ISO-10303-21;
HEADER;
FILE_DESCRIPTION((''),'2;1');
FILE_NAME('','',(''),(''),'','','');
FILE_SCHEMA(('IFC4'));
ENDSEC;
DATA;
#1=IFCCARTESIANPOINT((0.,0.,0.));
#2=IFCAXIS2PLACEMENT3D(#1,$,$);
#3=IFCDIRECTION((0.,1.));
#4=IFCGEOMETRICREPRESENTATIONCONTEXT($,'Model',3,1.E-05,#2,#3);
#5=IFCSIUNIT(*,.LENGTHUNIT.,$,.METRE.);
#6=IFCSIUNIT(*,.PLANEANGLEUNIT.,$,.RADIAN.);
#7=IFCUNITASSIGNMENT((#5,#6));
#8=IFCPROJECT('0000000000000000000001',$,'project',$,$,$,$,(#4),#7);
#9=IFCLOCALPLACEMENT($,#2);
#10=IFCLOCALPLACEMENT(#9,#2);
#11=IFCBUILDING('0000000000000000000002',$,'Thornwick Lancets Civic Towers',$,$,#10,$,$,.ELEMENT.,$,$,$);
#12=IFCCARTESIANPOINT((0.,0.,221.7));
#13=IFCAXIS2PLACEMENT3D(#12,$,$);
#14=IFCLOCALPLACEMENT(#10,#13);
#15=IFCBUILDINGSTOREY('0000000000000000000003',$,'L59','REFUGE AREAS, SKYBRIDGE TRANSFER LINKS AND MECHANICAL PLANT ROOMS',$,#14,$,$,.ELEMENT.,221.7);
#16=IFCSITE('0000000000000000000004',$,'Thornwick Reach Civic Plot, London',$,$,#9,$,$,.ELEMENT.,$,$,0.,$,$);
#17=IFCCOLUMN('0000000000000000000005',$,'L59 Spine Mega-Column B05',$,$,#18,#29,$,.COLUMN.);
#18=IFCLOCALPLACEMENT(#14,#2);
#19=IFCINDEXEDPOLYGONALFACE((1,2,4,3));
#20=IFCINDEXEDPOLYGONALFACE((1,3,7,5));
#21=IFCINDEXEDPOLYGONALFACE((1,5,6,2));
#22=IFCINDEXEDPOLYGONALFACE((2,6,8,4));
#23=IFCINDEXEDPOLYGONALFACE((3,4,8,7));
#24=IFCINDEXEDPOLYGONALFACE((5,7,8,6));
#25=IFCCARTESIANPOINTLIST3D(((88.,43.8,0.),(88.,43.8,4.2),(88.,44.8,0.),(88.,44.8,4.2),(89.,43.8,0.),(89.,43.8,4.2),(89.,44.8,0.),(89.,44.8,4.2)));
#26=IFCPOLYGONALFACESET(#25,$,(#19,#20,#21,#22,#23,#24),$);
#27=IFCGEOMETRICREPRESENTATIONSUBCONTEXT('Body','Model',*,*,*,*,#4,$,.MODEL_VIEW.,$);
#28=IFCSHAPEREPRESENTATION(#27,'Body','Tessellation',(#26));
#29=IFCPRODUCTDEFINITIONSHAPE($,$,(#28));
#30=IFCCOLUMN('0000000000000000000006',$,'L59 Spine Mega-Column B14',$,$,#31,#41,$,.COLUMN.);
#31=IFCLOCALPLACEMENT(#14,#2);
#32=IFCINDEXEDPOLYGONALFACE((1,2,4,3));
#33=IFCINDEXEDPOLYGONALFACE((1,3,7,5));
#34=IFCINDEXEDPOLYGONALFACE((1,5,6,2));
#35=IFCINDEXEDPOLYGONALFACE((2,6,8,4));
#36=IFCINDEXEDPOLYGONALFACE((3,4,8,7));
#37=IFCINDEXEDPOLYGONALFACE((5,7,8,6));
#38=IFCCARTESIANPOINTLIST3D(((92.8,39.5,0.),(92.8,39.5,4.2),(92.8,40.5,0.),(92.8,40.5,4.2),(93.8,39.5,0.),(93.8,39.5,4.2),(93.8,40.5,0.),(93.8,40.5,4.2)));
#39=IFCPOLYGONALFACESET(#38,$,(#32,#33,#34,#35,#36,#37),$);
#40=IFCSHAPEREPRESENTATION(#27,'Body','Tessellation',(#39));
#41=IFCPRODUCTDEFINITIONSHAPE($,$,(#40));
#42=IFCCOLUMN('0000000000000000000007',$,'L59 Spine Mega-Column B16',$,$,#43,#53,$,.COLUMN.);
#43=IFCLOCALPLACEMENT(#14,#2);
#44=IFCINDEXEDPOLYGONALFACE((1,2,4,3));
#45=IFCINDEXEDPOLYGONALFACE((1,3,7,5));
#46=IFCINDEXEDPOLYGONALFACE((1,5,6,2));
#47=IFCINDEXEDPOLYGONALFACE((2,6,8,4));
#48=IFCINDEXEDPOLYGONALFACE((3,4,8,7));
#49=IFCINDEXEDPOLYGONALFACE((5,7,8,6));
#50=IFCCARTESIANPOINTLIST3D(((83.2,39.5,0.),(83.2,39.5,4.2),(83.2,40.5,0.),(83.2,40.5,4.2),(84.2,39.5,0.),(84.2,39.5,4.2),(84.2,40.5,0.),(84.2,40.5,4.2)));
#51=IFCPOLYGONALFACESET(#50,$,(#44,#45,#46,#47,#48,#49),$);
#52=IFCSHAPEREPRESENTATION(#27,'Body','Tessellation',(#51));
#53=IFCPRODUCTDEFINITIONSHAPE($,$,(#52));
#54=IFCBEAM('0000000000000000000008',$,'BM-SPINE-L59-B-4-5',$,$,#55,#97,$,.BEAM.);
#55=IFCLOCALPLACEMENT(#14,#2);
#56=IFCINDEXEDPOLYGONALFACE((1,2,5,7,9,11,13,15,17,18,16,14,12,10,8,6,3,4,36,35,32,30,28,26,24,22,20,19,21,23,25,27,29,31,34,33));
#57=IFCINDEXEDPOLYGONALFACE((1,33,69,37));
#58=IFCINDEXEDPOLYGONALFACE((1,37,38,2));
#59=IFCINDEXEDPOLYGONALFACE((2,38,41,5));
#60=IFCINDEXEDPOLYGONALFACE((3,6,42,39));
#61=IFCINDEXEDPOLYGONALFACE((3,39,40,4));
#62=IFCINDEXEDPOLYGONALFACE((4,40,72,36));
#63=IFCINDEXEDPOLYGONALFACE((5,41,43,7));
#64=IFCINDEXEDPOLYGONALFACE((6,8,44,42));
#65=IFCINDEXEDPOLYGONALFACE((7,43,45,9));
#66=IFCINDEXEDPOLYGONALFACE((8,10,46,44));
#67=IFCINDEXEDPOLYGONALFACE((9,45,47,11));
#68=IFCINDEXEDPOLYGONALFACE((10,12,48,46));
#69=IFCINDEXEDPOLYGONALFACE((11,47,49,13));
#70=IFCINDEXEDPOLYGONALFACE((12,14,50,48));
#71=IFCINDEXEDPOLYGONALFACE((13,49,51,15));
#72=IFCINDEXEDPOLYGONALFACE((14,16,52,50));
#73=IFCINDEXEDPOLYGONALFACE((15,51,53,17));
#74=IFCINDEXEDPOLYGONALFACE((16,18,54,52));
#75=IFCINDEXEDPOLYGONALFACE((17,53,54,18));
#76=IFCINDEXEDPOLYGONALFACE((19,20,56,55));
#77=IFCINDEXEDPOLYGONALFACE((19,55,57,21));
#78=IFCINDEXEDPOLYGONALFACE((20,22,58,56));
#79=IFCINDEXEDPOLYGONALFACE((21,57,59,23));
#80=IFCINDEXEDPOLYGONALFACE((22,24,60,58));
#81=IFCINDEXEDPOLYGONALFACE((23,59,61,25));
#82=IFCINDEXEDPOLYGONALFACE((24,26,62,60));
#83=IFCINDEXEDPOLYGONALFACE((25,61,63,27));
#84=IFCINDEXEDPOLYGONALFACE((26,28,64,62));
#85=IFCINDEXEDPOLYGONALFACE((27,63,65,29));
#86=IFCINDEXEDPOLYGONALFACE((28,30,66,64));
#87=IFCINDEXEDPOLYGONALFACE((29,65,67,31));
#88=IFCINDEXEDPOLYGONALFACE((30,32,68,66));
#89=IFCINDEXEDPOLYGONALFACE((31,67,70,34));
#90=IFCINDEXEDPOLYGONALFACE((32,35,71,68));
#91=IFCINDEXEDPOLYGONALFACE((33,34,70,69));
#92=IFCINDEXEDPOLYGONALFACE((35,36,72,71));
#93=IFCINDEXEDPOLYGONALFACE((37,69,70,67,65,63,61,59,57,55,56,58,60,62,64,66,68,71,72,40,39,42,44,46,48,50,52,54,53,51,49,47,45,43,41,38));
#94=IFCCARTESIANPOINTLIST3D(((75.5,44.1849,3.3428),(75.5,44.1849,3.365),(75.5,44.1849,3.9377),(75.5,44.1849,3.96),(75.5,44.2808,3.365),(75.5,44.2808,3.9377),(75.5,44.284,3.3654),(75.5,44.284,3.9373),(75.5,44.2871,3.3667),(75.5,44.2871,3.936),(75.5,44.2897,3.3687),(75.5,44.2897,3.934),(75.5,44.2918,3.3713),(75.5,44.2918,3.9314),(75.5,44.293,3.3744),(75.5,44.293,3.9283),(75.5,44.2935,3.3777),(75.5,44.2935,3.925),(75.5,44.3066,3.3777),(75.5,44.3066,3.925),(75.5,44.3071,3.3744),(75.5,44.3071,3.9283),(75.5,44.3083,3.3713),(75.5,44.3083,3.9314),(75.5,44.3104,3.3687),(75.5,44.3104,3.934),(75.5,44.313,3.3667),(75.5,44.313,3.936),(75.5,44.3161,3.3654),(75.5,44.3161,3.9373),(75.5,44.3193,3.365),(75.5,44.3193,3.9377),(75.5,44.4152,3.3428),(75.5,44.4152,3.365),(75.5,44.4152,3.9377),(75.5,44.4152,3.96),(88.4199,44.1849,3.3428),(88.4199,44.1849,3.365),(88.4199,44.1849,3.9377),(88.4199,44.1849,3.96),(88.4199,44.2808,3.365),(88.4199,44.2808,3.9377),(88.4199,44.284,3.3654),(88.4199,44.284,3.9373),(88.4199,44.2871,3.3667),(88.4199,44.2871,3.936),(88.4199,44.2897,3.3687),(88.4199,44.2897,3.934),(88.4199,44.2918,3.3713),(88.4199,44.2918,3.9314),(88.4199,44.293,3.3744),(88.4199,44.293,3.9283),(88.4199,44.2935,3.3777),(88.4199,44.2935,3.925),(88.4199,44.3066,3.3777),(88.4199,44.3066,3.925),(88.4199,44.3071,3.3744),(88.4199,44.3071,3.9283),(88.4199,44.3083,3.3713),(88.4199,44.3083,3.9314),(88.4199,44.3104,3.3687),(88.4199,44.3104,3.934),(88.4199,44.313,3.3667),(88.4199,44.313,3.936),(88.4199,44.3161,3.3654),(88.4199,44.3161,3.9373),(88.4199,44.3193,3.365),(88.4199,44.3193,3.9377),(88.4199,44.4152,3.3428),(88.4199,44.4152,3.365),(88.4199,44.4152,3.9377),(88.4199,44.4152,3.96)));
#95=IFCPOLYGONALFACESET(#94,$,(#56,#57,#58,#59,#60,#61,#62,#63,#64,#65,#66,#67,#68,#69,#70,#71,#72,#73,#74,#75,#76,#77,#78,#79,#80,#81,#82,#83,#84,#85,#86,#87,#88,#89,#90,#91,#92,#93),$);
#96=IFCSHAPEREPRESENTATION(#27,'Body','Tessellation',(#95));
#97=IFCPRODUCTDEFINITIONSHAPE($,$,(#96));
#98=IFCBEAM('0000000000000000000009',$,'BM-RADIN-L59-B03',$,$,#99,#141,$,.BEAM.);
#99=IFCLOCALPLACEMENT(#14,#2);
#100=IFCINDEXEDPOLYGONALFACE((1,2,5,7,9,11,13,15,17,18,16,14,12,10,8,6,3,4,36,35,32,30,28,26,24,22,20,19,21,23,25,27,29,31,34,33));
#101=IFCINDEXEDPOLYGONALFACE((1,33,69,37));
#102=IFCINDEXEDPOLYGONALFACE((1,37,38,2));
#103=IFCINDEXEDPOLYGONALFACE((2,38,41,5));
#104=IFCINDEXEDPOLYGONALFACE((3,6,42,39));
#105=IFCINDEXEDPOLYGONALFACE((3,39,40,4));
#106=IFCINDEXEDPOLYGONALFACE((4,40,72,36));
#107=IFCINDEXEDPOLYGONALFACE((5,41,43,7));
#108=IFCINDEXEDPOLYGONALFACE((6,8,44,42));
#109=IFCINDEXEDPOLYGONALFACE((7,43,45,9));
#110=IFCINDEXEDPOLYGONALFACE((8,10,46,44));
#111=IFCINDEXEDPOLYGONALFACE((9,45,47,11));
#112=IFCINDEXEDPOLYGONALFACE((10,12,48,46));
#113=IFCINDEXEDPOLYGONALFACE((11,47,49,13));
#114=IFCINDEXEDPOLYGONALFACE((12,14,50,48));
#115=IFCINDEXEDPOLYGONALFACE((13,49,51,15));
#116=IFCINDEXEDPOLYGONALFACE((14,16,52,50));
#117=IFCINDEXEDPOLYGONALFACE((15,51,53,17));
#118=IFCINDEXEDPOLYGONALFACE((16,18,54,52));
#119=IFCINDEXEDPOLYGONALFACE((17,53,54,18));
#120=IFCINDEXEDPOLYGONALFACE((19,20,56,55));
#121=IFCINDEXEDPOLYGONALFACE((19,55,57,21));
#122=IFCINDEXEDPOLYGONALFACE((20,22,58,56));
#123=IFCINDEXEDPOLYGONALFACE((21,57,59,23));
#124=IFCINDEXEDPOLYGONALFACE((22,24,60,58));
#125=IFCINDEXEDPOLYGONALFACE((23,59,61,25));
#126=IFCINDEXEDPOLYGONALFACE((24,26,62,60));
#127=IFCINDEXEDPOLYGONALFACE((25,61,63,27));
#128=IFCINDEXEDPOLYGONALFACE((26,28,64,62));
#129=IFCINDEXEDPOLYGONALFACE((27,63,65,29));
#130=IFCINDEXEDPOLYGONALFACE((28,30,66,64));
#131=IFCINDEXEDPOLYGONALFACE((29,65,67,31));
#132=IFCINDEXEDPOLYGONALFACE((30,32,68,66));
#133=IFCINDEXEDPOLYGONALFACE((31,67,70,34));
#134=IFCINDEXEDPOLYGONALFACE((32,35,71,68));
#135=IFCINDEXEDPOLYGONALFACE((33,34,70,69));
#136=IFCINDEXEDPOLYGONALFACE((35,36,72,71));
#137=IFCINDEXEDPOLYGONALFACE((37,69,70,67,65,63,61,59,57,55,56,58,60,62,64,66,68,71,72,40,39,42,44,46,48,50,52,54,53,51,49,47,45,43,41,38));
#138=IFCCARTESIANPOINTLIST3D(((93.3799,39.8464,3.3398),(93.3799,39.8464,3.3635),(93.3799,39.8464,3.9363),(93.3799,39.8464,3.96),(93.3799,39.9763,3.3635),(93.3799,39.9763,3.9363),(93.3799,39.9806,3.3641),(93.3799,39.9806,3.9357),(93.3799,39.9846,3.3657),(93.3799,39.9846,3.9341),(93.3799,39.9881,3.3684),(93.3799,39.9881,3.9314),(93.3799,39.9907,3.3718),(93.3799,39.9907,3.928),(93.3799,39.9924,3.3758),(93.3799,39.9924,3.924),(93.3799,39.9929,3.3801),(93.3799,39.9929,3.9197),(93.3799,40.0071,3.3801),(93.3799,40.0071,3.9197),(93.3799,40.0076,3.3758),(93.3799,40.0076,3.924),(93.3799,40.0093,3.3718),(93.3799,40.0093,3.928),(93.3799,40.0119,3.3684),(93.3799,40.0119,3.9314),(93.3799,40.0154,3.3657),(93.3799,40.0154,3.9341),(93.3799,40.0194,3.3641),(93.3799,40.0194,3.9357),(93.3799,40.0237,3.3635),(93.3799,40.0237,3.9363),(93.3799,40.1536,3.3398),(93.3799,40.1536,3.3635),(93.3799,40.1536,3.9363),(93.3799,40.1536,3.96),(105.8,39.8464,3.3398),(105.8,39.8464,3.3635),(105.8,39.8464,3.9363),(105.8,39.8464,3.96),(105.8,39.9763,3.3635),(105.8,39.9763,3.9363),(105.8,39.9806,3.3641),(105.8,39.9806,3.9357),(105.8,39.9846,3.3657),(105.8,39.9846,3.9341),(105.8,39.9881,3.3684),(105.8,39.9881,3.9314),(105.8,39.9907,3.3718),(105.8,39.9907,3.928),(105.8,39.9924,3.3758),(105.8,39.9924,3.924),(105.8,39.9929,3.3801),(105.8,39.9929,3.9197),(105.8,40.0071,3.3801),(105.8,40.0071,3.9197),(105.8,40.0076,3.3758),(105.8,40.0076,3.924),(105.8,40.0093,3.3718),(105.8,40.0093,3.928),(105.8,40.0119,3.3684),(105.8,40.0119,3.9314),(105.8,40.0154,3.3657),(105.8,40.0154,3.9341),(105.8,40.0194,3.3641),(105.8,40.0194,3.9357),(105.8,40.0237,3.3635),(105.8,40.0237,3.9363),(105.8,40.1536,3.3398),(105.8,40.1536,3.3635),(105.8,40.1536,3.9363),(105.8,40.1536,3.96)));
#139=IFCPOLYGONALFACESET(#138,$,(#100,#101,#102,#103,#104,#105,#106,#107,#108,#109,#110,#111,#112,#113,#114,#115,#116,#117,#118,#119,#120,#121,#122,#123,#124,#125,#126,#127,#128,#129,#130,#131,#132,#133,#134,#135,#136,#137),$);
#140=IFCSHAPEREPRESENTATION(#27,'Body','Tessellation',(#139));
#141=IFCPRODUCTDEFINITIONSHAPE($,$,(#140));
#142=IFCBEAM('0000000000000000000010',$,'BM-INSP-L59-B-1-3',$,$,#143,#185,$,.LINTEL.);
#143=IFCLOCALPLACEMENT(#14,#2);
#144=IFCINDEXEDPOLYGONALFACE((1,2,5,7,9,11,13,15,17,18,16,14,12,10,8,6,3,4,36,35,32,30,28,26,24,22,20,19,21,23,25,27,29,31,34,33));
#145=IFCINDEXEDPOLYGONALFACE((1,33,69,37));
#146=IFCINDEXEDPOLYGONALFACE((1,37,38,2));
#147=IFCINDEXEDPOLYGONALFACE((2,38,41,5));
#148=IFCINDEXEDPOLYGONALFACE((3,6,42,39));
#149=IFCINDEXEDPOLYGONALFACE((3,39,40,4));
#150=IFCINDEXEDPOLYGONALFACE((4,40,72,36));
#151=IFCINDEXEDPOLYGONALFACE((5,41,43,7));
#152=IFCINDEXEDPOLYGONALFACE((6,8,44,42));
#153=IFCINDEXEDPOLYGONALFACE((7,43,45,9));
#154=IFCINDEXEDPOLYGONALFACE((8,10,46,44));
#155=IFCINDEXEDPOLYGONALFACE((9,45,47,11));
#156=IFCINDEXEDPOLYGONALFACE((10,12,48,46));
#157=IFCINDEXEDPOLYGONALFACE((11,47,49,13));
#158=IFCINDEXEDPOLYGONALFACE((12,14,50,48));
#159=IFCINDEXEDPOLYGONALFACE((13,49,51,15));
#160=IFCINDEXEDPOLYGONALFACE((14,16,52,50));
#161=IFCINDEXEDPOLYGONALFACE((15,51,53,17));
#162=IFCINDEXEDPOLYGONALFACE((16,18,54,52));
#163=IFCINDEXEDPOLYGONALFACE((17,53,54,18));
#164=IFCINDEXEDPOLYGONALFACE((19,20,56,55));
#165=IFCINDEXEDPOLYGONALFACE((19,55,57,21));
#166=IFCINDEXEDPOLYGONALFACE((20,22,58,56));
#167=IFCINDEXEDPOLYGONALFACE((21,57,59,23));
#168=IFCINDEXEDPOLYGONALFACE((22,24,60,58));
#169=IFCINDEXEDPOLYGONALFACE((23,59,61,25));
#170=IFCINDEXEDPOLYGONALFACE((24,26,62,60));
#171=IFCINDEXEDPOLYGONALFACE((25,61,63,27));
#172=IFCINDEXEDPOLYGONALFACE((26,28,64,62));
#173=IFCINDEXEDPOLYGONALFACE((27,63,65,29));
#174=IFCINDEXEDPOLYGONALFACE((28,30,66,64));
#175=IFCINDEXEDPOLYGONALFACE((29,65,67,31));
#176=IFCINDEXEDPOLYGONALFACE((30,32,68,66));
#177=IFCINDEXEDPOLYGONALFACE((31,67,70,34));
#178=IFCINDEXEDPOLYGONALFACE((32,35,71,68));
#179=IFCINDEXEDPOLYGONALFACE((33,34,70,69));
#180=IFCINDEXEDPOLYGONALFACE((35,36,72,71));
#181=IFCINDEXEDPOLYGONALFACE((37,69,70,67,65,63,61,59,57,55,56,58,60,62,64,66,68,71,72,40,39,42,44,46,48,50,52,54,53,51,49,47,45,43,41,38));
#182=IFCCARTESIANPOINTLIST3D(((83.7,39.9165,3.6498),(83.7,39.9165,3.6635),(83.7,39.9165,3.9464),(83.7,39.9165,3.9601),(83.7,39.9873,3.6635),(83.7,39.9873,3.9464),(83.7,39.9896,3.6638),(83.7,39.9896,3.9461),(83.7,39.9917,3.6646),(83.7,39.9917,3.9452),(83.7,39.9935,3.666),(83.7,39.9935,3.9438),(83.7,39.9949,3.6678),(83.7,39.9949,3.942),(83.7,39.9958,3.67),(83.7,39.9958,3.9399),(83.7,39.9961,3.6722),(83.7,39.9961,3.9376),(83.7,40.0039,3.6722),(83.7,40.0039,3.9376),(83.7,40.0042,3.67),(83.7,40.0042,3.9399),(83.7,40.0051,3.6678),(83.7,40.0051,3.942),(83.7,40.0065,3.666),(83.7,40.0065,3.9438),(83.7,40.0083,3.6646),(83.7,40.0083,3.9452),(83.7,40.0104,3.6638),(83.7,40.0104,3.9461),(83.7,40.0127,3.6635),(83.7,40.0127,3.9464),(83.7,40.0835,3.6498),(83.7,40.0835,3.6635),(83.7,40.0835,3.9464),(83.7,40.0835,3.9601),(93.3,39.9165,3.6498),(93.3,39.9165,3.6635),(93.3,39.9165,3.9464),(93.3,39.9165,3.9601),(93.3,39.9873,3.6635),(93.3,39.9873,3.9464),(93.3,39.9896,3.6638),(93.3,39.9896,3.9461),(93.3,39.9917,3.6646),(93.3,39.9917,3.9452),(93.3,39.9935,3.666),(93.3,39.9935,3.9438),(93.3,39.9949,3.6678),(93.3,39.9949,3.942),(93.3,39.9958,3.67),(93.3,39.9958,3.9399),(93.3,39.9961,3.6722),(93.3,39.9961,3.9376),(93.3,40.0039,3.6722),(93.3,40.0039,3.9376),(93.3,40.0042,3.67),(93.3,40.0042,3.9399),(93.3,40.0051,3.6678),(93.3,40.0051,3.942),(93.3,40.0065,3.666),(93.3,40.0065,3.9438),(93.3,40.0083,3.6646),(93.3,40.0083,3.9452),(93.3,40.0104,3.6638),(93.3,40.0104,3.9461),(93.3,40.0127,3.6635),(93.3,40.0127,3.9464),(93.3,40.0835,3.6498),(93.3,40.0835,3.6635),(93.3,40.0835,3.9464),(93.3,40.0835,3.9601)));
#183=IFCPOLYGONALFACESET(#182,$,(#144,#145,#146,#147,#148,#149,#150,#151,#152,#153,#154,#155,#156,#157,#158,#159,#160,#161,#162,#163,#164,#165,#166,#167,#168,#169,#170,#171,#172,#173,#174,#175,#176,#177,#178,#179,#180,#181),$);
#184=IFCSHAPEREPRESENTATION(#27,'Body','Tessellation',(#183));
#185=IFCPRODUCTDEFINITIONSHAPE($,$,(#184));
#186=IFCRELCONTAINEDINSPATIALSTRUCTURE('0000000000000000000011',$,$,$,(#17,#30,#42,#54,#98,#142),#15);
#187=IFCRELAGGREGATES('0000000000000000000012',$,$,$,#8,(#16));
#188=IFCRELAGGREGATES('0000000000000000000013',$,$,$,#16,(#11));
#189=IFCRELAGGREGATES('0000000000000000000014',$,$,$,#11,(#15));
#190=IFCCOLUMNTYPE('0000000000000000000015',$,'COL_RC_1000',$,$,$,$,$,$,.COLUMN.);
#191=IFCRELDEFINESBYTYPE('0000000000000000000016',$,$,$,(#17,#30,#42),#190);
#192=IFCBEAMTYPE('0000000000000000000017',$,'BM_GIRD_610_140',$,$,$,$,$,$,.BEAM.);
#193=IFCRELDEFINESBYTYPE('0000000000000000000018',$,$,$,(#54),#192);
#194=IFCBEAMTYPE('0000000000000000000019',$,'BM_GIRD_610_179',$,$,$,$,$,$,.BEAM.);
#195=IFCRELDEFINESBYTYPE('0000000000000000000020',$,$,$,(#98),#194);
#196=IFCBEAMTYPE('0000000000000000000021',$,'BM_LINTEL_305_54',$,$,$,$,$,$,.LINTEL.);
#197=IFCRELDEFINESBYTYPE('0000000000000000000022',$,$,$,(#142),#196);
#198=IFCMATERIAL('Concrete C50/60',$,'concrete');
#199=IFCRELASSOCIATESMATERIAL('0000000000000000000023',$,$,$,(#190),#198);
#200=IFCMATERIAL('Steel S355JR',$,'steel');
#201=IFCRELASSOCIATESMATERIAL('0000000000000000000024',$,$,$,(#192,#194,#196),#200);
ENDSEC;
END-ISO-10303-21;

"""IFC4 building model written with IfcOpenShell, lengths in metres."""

from ifc_helpers import new_model, si_unit, direction, frame, origin, origin_2d, place, context, subcontext, project, spatial, rectangle, i_section, extrude, material, material_profile, profile_set, type_object, element, save


model = new_model("IFC4")

# Units and contexts
model_context = context("Model", 3, precision=1e-05, world=origin(), true_north=direction((0.0, 1.0)))
body_context = subcontext(model_context, "Body", "Model", "MODEL_VIEW")
ifc_project = project(units=[si_unit("LENGTHUNIT", "METRE"), si_unit("PLANEANGLEUNIT", "RADIAN")], contexts=[model_context])

# Site, building, storey
site_placement = place(None, origin())
site = spatial("IfcSite", under=ifc_project, at=site_placement, Name="Thornwick Reach Civic Plot, London", CompositionType="ELEMENT", RefElevation=0.0)
building_placement = place(site_placement, origin())
building = spatial("IfcBuilding", under=site, at=building_placement, Name="Thornwick Lancets Civic Towers", CompositionType="ELEMENT")
storey_placement = place(building_placement, frame((0.0, 0.0, 221.7)))
storey = spatial("IfcBuildingStorey", under=building, at=storey_placement, Name="L59", Description="REFUGE AREAS, SKYBRIDGE TRANSFER LINKS AND MECHANICAL PLANT ROOMS", CompositionType="ELEMENT", Elevation=221.7)

# Columns
ifc_material_1 = material(Name="Concrete C50/60", Category="concrete")
ifc_material_profile_1 = material_profile(ifc_material_1, rectangle(XDim=1.0, YDim=1.0, at=origin_2d()), Name="RC 1000x1000")
ifc_profile_set_1 = profile_set([ifc_material_profile_1], Name="Concrete C50/60")
column_type = type_object("IfcColumnType", Name="COL_RC_1000", PredefinedType="COLUMN", material=ifc_profile_set_1)
for number, where, z_axis, x_axis, name in (
    (1, (88.5, 44.3, 0.0), (0.0, 0.0, 1.0), (1.0, 0.0, 0.0), "L59 Spine Mega-Column B05"),
    (2, (93.3, 40.0, 0.0), (0.0, 0.0, 1.0), (1.0, 0.0, 0.0), "L59 Spine Mega-Column B14"),
    (3, (83.7, 40.0, 0.0), (0.0, 0.0, 1.0), (1.0, 0.0, 0.0), "L59 Spine Mega-Column B16"),
):
    element("IfcColumn", number, at=place(storey_placement, frame(where, z_axis=z_axis, x_axis=x_axis)), inside=storey, type_object=column_type, Name=name, PredefinedType="COLUMN", context=body_context, shape_type="SweptSolid", body=[
        extrude(rectangle(XDim=1.0, YDim=1.0, at=origin_2d()), origin(), (0.0, 0.0, 1.0), 4.2),
    ])

# Beams
ifc_material_2 = material(Name="Steel S355JR", Category="steel")
ifc_material_profile_2 = material_profile(ifc_material_2, i_section(OverallWidth=0.2302, OverallDepth=0.6172, WebThickness=0.0132, FlangeThickness=0.0222, FilletRadius=0.0127, at=origin_2d()), Name="UKB 610x229x140")
ifc_profile_set_2 = profile_set([ifc_material_profile_2], Name="Steel S355JR")
beam_type_1 = type_object("IfcBeamType", Name="BM_GIRD_610_140", PredefinedType="BEAM", material=ifc_profile_set_2)
beam_1_placement = place(storey_placement, frame((88.4199, 44.3, 3.6514), z_axis=(-1.0, 0.0, 0.0), x_axis=(0.0, -1.0, 0.0)))
element("IfcBeam", 4, at=beam_1_placement, inside=storey, type_object=beam_type_1, Name="BM-SPINE-L59-B-4-5", PredefinedType="BEAM", context=body_context, shape_type="SweptSolid", body=[
    extrude(i_section(OverallWidth=0.2302, OverallDepth=0.6172, WebThickness=0.0132, FlangeThickness=0.0222, FilletRadius=0.0127, at=origin_2d()), origin(), (0.0, 0.0, 1.0), 12.9199),
])
ifc_material_profile_3 = material_profile(ifc_material_2, i_section(OverallWidth=0.3071, OverallDepth=0.6201, WebThickness=0.0142, FlangeThickness=0.0237, FilletRadius=0.0166, at=origin_2d()), Name="UKB 610x305x179")
ifc_profile_set_3 = profile_set([ifc_material_profile_3], Name="Steel S355JR")
beam_type_2 = type_object("IfcBeamType", Name="BM_GIRD_610_179", PredefinedType="BEAM", material=ifc_profile_set_3)
beam_2_placement = place(storey_placement, frame((93.3799, 40.0, 3.6499), z_axis=(1.0, 0.0, 0.0), x_axis=(0.0, 1.0, 0.0)))
element("IfcBeam", 5, at=beam_2_placement, inside=storey, type_object=beam_type_2, Name="BM-RADIN-L59-B03", PredefinedType="BEAM", context=body_context, shape_type="SweptSolid", body=[
    extrude(i_section(OverallWidth=0.3071, OverallDepth=0.6201, WebThickness=0.0142, FlangeThickness=0.0237, FilletRadius=0.0166, at=origin_2d()), origin(), (0.0, 0.0, 1.0), 12.4202),
])
ifc_material_profile_4 = material_profile(ifc_material_2, i_section(OverallWidth=0.167, OverallDepth=0.3103, WebThickness=0.0078, FlangeThickness=0.0137, FilletRadius=0.0088, at=origin_2d()), Name="UKB 305x165x54")
ifc_profile_set_4 = profile_set([ifc_material_profile_4], Name="Steel S355JR")
beam_type_3 = type_object("IfcBeamType", Name="BM_LINTEL_305_54", PredefinedType="LINTEL", material=ifc_profile_set_4)
beam_3_placement = place(storey_placement, frame((93.3, 40.0, 3.8049), z_axis=(-1.0, 0.0, 0.0), x_axis=(0.0, -1.0, 0.0)))
element("IfcBeam", 6, at=beam_3_placement, inside=storey, type_object=beam_type_3, Name="BM-INSP-L59-B-1-3", PredefinedType="LINTEL", context=body_context, shape_type="SweptSolid", body=[
    extrude(i_section(OverallWidth=0.167, OverallDepth=0.3103, WebThickness=0.0078, FlangeThickness=0.0137, FilletRadius=0.0088, at=origin_2d()), origin(), (0.0, 0.0, 1.0), 9.6001),
])

save(model, "model.ifc")
